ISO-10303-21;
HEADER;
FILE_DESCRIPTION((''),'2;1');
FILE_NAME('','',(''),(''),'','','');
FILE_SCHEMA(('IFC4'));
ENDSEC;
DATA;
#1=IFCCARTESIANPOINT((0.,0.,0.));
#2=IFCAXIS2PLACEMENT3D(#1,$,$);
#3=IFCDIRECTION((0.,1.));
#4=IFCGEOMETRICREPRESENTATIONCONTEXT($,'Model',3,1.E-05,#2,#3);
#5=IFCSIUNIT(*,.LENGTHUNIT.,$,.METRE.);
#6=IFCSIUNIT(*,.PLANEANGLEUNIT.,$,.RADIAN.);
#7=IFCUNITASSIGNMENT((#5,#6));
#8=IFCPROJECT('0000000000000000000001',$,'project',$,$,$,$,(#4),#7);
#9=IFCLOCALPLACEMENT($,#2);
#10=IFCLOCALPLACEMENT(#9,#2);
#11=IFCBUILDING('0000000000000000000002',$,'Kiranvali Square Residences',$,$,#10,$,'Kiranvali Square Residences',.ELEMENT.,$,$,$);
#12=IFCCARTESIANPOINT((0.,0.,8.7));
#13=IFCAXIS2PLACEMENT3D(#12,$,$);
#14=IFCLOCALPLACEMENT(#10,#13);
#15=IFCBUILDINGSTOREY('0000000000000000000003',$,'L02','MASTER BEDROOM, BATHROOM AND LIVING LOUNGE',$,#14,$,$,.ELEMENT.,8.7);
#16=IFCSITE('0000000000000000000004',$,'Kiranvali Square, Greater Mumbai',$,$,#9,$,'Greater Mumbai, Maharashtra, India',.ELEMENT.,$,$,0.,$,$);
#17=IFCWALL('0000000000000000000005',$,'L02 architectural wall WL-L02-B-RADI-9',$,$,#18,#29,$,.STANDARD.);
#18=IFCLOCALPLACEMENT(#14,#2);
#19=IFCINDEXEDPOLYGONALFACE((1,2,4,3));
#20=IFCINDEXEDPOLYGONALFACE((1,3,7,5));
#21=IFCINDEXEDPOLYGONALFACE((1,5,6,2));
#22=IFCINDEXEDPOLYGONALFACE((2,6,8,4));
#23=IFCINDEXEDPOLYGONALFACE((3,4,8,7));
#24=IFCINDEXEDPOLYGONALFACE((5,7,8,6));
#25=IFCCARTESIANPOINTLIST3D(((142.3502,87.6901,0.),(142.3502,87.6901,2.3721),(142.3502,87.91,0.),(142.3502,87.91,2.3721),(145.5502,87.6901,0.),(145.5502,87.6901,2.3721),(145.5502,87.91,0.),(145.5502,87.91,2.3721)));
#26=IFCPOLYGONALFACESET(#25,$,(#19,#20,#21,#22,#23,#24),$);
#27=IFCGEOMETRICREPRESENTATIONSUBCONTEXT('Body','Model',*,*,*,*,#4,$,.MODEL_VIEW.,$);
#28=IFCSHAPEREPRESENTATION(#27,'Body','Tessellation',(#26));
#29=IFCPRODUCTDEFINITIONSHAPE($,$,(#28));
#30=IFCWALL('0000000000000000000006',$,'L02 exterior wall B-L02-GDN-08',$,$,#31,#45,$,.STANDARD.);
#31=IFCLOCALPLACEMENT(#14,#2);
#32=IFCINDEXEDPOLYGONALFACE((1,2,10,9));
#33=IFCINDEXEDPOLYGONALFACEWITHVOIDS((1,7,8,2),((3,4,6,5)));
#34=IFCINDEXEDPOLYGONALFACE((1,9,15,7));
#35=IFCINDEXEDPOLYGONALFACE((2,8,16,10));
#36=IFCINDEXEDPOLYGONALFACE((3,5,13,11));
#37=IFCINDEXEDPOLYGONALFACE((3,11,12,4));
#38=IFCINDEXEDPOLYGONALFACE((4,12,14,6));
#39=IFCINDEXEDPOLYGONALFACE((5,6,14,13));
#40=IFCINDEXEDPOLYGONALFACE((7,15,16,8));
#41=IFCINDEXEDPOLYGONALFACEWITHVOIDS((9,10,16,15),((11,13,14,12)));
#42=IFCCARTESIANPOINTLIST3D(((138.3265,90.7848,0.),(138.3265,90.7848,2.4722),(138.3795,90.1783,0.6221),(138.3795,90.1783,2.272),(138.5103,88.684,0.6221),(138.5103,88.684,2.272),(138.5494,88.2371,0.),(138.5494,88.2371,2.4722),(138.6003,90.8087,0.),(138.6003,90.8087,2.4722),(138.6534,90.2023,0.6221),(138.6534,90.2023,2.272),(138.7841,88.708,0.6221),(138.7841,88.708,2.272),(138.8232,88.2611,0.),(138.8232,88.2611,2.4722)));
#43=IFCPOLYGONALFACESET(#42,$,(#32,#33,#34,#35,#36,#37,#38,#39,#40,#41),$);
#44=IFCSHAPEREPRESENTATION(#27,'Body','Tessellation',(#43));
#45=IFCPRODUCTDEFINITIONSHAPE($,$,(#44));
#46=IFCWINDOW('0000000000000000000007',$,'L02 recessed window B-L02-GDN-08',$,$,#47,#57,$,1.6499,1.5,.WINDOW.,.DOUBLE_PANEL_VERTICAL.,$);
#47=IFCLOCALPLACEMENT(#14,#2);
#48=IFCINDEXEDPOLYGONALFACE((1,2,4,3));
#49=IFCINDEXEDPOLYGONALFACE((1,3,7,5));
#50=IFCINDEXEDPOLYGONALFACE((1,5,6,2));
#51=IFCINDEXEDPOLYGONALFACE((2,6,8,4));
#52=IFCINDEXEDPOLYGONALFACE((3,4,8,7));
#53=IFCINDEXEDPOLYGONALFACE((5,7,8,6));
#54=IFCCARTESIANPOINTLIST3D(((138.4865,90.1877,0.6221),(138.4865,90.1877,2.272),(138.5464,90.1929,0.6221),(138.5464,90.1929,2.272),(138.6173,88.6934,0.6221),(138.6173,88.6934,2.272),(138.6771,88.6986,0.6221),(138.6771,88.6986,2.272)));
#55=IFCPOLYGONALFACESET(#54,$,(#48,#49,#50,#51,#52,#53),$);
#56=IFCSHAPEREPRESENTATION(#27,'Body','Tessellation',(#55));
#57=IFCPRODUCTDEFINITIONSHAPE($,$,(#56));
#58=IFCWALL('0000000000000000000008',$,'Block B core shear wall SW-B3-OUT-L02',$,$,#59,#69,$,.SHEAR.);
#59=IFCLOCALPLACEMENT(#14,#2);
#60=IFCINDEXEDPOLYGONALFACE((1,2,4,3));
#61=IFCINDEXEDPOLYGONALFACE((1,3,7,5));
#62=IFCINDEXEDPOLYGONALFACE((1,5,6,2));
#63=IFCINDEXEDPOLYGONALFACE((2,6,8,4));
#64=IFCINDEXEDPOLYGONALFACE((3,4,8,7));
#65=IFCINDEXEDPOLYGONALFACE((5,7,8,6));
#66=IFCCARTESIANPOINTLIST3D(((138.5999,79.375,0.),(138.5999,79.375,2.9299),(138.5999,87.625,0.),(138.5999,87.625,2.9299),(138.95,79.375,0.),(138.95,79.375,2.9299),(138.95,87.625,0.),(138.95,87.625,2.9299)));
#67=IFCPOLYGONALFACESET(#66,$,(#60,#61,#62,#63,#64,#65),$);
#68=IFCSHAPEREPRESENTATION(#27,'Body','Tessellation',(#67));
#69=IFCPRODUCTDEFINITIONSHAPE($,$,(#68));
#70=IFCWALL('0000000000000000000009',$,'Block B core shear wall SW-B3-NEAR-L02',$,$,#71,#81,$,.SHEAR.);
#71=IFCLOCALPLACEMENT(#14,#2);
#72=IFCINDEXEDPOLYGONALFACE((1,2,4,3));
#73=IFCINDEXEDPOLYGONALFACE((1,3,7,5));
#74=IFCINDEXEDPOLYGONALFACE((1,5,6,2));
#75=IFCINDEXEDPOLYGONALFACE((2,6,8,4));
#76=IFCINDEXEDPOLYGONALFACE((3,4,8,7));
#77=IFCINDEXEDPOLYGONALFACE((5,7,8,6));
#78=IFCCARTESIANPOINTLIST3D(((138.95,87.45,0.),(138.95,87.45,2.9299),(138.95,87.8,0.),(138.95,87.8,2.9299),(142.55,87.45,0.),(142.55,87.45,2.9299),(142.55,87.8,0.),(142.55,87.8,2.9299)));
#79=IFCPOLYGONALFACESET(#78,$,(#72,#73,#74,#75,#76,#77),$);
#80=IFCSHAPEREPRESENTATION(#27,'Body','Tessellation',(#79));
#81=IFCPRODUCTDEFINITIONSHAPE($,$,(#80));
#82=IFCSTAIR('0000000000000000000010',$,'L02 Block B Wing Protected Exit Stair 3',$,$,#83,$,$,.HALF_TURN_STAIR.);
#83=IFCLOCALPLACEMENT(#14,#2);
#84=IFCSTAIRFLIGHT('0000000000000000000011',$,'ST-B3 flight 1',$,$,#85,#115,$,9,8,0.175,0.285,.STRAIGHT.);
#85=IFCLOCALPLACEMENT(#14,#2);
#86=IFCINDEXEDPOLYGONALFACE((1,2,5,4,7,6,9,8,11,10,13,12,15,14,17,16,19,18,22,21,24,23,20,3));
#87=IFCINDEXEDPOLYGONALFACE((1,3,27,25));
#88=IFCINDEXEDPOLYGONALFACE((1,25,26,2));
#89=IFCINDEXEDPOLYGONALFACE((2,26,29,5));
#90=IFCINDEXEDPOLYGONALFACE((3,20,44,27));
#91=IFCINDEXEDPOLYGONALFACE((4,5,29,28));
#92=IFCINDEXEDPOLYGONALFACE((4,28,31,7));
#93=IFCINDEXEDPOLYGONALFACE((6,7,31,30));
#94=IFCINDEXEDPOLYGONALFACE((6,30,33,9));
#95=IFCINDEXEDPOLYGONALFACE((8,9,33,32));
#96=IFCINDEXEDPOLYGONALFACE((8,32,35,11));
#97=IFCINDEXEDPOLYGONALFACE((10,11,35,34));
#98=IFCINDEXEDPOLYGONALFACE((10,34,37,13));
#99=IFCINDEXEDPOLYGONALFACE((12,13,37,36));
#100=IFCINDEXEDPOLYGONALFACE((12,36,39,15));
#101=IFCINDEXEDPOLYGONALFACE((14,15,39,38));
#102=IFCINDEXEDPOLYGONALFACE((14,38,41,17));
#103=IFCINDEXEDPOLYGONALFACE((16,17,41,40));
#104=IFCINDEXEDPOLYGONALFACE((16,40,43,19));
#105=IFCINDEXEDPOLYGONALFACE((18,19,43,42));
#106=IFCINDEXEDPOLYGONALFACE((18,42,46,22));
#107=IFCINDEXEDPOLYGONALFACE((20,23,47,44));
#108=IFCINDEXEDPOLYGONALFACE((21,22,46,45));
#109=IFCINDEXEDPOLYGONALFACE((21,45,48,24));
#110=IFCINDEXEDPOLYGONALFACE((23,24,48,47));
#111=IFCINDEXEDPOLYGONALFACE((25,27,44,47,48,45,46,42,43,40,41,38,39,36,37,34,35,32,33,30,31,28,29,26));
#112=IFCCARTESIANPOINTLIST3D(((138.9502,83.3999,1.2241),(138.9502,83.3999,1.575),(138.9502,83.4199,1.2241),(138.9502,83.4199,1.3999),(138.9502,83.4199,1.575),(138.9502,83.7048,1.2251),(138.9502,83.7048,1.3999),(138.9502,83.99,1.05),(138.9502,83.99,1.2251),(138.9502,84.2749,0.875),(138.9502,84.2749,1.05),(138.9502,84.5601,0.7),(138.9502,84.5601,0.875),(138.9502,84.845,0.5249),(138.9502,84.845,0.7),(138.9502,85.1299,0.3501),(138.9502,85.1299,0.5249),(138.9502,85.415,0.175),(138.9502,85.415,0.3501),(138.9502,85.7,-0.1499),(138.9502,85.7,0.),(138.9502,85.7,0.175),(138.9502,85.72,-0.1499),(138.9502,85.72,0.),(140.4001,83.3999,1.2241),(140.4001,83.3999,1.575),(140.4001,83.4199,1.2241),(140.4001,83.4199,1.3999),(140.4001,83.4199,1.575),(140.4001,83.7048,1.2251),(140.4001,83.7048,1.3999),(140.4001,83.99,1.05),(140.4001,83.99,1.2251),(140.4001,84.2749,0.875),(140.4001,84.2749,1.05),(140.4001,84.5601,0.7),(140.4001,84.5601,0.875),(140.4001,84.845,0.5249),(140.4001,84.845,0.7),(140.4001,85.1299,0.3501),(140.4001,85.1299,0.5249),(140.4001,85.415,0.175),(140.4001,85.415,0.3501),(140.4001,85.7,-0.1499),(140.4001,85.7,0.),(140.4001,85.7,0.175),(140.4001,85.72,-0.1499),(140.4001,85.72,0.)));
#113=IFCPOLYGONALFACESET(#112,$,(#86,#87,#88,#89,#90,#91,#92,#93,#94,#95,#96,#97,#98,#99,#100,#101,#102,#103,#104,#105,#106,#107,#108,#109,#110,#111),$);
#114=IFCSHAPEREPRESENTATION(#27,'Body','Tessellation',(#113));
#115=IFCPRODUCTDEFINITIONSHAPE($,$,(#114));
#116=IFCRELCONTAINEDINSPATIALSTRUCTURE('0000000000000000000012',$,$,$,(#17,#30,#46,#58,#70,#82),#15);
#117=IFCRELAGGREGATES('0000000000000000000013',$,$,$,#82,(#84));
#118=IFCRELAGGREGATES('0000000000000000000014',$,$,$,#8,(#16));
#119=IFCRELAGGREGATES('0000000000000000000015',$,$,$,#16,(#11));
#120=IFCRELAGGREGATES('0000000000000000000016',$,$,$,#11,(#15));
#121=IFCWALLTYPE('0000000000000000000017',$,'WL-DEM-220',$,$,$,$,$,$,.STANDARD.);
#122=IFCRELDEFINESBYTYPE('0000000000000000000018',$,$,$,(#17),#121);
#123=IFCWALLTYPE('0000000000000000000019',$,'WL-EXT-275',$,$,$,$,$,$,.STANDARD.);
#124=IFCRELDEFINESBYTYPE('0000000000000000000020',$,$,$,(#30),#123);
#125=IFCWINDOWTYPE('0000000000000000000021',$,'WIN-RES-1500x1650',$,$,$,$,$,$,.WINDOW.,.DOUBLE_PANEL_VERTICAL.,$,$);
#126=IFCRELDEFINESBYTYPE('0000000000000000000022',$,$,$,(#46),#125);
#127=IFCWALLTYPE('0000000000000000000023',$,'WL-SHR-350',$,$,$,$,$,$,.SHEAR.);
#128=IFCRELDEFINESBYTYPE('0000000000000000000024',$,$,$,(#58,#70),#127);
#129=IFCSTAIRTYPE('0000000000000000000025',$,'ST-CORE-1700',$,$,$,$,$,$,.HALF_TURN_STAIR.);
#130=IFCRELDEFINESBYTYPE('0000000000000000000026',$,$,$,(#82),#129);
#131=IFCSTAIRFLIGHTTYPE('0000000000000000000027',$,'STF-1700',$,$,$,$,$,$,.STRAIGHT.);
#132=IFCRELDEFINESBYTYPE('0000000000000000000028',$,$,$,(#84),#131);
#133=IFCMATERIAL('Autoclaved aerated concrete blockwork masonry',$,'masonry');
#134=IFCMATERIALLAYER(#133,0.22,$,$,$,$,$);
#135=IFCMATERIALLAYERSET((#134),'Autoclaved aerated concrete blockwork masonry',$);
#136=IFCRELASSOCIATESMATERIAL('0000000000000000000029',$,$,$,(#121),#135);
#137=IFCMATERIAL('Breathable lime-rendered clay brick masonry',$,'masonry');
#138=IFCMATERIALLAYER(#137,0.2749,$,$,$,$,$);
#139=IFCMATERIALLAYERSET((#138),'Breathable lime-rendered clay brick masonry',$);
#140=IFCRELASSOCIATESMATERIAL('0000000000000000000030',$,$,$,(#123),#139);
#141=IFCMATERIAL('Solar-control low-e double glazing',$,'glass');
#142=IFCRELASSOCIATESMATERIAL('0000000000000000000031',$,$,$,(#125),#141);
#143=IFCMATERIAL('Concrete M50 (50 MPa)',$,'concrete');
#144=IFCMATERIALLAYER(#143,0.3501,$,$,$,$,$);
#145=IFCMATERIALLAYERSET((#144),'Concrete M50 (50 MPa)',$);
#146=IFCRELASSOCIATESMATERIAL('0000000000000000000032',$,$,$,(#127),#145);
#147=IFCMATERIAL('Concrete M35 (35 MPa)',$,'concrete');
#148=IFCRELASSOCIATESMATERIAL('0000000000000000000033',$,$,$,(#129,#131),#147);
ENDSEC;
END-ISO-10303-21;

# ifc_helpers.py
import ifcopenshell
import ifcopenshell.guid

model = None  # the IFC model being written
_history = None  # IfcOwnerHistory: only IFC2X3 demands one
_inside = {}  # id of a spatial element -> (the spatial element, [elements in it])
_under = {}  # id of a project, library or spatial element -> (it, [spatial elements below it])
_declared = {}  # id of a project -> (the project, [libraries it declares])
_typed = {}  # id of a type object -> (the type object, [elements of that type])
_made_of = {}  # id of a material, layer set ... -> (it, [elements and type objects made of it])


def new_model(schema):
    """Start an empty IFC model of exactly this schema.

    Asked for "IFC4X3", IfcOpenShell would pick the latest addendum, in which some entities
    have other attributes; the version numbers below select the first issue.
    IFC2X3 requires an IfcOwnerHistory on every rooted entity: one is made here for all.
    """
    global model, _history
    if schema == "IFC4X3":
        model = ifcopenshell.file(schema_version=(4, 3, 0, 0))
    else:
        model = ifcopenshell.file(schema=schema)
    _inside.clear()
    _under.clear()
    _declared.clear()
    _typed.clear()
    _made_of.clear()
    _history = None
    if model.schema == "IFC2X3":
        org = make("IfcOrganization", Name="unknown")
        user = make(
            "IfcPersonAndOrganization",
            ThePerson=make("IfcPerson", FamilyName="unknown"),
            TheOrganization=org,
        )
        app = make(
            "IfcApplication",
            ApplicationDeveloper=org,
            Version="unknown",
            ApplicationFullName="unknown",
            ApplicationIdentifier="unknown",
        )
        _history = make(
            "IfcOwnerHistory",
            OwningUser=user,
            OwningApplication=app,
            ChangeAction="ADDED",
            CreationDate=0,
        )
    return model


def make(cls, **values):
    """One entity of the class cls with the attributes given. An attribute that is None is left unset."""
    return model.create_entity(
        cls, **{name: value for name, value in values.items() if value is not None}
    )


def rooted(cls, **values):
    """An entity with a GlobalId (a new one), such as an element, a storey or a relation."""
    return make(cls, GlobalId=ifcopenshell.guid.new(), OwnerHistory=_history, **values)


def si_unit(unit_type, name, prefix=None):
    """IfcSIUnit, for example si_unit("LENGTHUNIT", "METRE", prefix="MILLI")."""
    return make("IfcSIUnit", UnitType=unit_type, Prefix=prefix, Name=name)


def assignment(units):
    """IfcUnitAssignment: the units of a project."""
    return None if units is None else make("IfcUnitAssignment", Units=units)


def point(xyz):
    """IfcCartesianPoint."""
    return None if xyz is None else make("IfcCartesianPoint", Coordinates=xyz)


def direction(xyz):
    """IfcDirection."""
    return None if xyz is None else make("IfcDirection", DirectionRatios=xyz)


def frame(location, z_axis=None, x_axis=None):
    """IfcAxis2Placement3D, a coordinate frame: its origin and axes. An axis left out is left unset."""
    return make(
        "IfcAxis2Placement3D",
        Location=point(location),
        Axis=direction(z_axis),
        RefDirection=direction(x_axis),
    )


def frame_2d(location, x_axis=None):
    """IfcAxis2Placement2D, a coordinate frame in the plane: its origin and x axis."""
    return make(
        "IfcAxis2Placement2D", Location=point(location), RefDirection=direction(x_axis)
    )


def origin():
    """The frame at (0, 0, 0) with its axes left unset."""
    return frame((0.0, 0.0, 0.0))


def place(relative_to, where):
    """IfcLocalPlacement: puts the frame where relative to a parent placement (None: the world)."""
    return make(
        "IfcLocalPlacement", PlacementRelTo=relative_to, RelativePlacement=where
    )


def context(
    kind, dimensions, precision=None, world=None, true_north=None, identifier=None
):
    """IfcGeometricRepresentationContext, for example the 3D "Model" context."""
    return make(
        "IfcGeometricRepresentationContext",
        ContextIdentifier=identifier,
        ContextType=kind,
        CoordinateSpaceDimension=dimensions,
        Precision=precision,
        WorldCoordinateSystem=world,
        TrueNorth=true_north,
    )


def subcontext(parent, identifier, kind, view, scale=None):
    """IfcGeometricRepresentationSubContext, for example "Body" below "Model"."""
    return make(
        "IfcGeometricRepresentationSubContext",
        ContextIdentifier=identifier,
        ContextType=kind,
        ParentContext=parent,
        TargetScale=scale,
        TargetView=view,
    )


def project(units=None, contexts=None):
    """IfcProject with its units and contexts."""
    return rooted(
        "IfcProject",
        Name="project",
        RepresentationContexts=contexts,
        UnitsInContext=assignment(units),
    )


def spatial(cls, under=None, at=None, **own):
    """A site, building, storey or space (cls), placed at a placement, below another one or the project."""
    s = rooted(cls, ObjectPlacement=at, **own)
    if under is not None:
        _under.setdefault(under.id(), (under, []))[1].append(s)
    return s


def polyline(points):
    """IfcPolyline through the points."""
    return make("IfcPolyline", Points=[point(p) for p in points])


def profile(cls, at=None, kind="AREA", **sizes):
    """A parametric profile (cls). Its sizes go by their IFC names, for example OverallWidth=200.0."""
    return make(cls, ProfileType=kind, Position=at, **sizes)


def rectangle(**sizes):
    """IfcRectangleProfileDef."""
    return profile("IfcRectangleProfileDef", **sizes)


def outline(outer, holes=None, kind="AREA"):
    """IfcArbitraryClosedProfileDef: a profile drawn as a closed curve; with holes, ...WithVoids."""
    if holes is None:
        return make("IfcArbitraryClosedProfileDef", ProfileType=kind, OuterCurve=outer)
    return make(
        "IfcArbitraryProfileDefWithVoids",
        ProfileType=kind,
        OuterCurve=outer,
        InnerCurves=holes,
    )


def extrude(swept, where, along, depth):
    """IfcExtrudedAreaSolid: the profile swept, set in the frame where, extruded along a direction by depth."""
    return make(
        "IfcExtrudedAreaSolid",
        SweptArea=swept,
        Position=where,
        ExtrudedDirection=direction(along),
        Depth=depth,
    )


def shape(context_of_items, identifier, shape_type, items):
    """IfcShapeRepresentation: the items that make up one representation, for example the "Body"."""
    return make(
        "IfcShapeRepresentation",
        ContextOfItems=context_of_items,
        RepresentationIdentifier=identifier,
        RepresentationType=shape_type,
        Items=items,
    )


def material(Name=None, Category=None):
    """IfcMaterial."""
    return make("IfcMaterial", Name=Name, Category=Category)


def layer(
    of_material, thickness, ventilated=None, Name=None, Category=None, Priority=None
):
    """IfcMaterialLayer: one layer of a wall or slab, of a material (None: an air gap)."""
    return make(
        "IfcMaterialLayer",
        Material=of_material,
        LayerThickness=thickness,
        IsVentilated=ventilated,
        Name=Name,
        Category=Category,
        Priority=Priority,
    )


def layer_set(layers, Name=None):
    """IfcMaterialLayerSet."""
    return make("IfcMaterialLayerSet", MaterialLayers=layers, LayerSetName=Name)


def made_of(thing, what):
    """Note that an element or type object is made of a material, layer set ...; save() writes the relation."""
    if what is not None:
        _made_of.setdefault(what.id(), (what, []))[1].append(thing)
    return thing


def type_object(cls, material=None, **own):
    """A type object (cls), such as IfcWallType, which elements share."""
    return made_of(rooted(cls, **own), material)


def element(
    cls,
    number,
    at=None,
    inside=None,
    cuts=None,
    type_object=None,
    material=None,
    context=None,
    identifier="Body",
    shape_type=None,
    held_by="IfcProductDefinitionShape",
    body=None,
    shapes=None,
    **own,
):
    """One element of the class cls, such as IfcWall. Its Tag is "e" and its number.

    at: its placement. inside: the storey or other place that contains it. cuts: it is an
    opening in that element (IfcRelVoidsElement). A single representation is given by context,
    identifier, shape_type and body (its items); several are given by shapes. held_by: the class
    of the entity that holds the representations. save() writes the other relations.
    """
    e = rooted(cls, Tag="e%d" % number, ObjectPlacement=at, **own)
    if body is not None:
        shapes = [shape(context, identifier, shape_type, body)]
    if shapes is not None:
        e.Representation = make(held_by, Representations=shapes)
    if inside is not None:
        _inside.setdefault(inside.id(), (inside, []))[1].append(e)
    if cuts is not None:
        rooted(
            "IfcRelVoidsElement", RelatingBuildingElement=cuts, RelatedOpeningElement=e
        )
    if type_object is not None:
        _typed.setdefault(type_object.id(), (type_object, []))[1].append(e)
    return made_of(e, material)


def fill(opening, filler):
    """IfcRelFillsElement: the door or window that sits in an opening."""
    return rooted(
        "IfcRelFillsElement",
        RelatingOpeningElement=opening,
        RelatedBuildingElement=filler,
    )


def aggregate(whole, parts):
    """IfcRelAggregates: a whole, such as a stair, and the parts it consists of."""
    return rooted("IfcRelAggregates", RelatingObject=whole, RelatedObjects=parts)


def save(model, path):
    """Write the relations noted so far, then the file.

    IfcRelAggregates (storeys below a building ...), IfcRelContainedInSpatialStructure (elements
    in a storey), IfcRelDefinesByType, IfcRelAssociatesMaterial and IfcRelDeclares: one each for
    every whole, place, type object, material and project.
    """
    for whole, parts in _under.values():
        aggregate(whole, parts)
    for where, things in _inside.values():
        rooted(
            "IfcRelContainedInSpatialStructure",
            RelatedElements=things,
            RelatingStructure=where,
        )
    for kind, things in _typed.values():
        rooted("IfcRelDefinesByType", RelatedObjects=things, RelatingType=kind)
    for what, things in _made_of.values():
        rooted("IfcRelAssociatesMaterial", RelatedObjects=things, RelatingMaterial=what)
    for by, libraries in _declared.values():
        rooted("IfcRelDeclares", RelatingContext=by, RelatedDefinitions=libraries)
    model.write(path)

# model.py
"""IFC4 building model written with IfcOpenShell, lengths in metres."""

from ifc_helpers import new_model, si_unit, direction, frame, frame_2d, origin, place, context, subcontext, project, spatial, polyline, rectangle, outline, extrude, material, layer, layer_set, type_object, element, fill, aggregate, save


model = new_model("IFC4")

# Units and contexts
model_context = context("Model", 3, precision=1e-05, world=origin(), true_north=direction((0.0, 1.0)))
body_context = subcontext(model_context, "Body", "Model", "MODEL_VIEW")
ifc_project = project(units=[si_unit("LENGTHUNIT", "METRE"), si_unit("PLANEANGLEUNIT", "RADIAN")], contexts=[model_context])

# Site, building, storey
site_placement = place(None, origin())
site = spatial("IfcSite", under=ifc_project, at=site_placement, Name="Kiranvali Square, Greater Mumbai", LongName="Greater Mumbai, Maharashtra, India", CompositionType="ELEMENT", RefElevation=0.0)
building_placement = place(site_placement, origin())
building = spatial("IfcBuilding", under=site, at=building_placement, Name="Kiranvali Square Residences", LongName="Kiranvali Square Residences", CompositionType="ELEMENT")
storey_placement = place(building_placement, frame((0.0, 0.0, 8.7)))
storey = spatial("IfcBuildingStorey", under=building, at=storey_placement, Name="L02", Description="MASTER BEDROOM, BATHROOM AND LIVING LOUNGE", CompositionType="ELEMENT", Elevation=8.7)

# Shared definitions
ifc_material_1 = material(Name="Concrete M50 (50 MPa)", Category="concrete")

# Shared definitions
ifc_material_2 = material(Name="Autoclaved aerated concrete blockwork masonry", Category="masonry")

# Wall
ifc_layer_1 = layer(ifc_material_2, 0.22)
ifc_layer_set_1 = layer_set([ifc_layer_1], Name="Autoclaved aerated concrete blockwork masonry")
wall_type_1 = type_object("IfcWallType", Name="WL-DEM-220", PredefinedType="STANDARD", material=ifc_layer_set_1)
wall_1_placement = place(storey_placement, frame((142.3501, 87.8, 0.0), z_axis=(0.0, 0.0, 1.0), x_axis=(1.0, 0.0, 0.0)))
element("IfcWall", 1, at=wall_1_placement, inside=storey, type_object=wall_type_1, Name="L02 architectural wall WL-L02-B-RADI-9", PredefinedType="STANDARD", context=body_context, shape_type="SweptSolid", body=[
    extrude(rectangle(XDim=3.2, YDim=0.22, at=frame_2d((1.6001, 0.0))), origin(), (0.0, 0.0, 1.0), 2.3721),
])

# Wall, opening, window
ifc_material_3 = material(Name="Breathable lime-rendered clay brick masonry", Category="masonry")
ifc_layer_2 = layer(ifc_material_3, 0.2749)
ifc_layer_set_2 = layer_set([ifc_layer_2], Name="Breathable lime-rendered clay brick masonry")
wall_type_2 = type_object("IfcWallType", Name="WL-EXT-275", PredefinedType="STANDARD", material=ifc_layer_set_2)
wall_2_placement = place(storey_placement, frame((138.4634, 90.7969, 0.0), z_axis=(0.0, 0.0, 1.0), x_axis=(0.087161, -0.996194, 0.0)))
wall_2 = element("IfcWall", 2, at=wall_2_placement, inside=storey, type_object=wall_type_2, Name="L02 exterior wall B-L02-GDN-08", PredefinedType="STANDARD", context=body_context, shape_type="SweptSolid", body=[
    extrude(rectangle(XDim=2.5574, YDim=0.2749, at=frame_2d((1.2788, 0.0))), origin(), (0.0, 0.0, 1.0), 2.4722),
])
opening_1_placement = place(wall_2_placement, frame((0.6089, 0.0, 0.6221)))
opening_1 = element("IfcOpeningElement", 3, at=opening_1_placement, cuts=wall_2, PredefinedType="OPENING", context=body_context, shape_type="SweptSolid", body=[
    extrude(rectangle(XDim=1.5, YDim=1.6499, at=frame_2d((0.75, 0.825))), frame((0.0, 0.1475, 0.0), z_axis=(0.0, -1.0, 0.0), x_axis=(1.0, 0.0, 0.0)), (0.0, 0.0, 1.0), 0.2949),
])
ifc_material_4 = material(Name="Solar-control low-e double glazing", Category="glass")
window_type = type_object("IfcWindowType", Name="WIN-RES-1500x1650", PartitioningType="DOUBLE_PANEL_VERTICAL", PredefinedType="WINDOW", material=ifc_material_4)
window_placement = place(opening_1_placement, origin())
window = element("IfcWindow", 4, at=window_placement, inside=storey, type_object=window_type, Name="L02 recessed window B-L02-GDN-08", OverallHeight=1.6499, OverallWidth=1.5, PartitioningType="DOUBLE_PANEL_VERTICAL", PredefinedType="WINDOW", context=body_context, shape_type="SweptSolid", body=[
    extrude(rectangle(XDim=1.5, YDim=1.6499, at=frame_2d((0.75, 0.825))), frame((0.0, 0.03, 0.0), z_axis=(0.0, -1.0, 0.0), x_axis=(1.0, 0.0, 0.0)), (0.0, 0.0, 1.0), 0.0601),
])
fill(opening_1, window)

# Wall
ifc_layer_3 = layer(ifc_material_1, 0.3501)
ifc_layer_set_3 = layer_set([ifc_layer_3], Name="Concrete M50 (50 MPa)")
wall_type_3 = type_object("IfcWallType", Name="WL-SHR-350", PredefinedType="SHEAR", material=ifc_layer_set_3)
wall_3_placement = place(storey_placement, frame((138.7749, 87.625, 0.0), z_axis=(0.0, 0.0, 1.0), x_axis=(0.0, -1.0, 0.0)))
element("IfcWall", 5, at=wall_3_placement, inside=storey, type_object=wall_type_3, Name="Block B core shear wall SW-B3-OUT-L02", PredefinedType="SHEAR", context=body_context, shape_type="SweptSolid", body=[
    extrude(rectangle(XDim=8.25, YDim=0.3501, at=frame_2d((4.125, 0.0))), origin(), (0.0, 0.0, 1.0), 2.9299),
])

# Wall
wall_4_placement = place(storey_placement, frame((138.95, 87.625, 0.0), z_axis=(0.0, 0.0, 1.0), x_axis=(1.0, 0.0, 0.0)))
element("IfcWall", 6, at=wall_4_placement, inside=storey, type_object=wall_type_3, Name="Block B core shear wall SW-B3-NEAR-L02", PredefinedType="SHEAR", context=body_context, shape_type="SweptSolid", body=[
    extrude(rectangle(XDim=3.6001, YDim=0.3501, at=frame_2d((1.8, 0.0))), origin(), (0.0, 0.0, 1.0), 2.9299),
])

# Stair, stair flight
ifc_material_5 = material(Name="Concrete M35 (35 MPa)", Category="concrete")
stair_type = type_object("IfcStairType", Name="ST-CORE-1700", PredefinedType="HALF_TURN_STAIR", material=ifc_material_5)
stair_placement = place(storey_placement, origin())
stair = element("IfcStair", 7, at=stair_placement, inside=storey, type_object=stair_type, Name="L02 Block B Wing Protected Exit Stair 3", PredefinedType="HALF_TURN_STAIR")
stair_flight_type = type_object("IfcStairFlightType", Name="STF-1700", PredefinedType="STRAIGHT", material=ifc_material_5)
stair_flight_placement = place(storey_placement, frame((139.675, 85.7, 0.0), z_axis=(0.0, 0.0, 1.0), x_axis=(0.0, -1.0, 0.0)))
stair_flight = element("IfcStairFlight", 8, at=stair_flight_placement, type_object=stair_flight_type, Name="ST-B3 flight 1", NumberOfRisers=9, NumberOfTreads=8, PredefinedType="STRAIGHT", RiserHeight=0.175, TreadLength=0.285, context=body_context, shape_type="SweptSolid", body=[
    extrude(outline(polyline([(-0.02, -0.1499), (-0.02, 0.0), (0.0, 0.0), (0.0, 0.175), (0.2849, 0.175), (0.2849, 0.3501), (0.5701, 0.3501), (0.5701, 0.5249), (0.855, 0.5249), (0.855, 0.7), (1.1399, 0.7), (1.1399, 0.875), (1.425, 0.875), (1.425, 1.05), (1.71, 1.05), (1.71, 1.2251), (1.9951, 1.2251), (1.9951, 1.3999), (2.28, 1.3999), (2.28, 1.575), (2.3, 1.575), (2.3, 1.2241), (2.28, 1.2241), (0.0, -0.1499), (-0.02, -0.1499)])), frame((0.0, 0.7251, 0.0), z_axis=(0.0, -1.0, 0.0), x_axis=(1.0, 0.0, 0.0)), (0.0, 0.0, 1.0), 1.45),
])
aggregate(stair, [stair_flight])

save(model, "model.ifc")
